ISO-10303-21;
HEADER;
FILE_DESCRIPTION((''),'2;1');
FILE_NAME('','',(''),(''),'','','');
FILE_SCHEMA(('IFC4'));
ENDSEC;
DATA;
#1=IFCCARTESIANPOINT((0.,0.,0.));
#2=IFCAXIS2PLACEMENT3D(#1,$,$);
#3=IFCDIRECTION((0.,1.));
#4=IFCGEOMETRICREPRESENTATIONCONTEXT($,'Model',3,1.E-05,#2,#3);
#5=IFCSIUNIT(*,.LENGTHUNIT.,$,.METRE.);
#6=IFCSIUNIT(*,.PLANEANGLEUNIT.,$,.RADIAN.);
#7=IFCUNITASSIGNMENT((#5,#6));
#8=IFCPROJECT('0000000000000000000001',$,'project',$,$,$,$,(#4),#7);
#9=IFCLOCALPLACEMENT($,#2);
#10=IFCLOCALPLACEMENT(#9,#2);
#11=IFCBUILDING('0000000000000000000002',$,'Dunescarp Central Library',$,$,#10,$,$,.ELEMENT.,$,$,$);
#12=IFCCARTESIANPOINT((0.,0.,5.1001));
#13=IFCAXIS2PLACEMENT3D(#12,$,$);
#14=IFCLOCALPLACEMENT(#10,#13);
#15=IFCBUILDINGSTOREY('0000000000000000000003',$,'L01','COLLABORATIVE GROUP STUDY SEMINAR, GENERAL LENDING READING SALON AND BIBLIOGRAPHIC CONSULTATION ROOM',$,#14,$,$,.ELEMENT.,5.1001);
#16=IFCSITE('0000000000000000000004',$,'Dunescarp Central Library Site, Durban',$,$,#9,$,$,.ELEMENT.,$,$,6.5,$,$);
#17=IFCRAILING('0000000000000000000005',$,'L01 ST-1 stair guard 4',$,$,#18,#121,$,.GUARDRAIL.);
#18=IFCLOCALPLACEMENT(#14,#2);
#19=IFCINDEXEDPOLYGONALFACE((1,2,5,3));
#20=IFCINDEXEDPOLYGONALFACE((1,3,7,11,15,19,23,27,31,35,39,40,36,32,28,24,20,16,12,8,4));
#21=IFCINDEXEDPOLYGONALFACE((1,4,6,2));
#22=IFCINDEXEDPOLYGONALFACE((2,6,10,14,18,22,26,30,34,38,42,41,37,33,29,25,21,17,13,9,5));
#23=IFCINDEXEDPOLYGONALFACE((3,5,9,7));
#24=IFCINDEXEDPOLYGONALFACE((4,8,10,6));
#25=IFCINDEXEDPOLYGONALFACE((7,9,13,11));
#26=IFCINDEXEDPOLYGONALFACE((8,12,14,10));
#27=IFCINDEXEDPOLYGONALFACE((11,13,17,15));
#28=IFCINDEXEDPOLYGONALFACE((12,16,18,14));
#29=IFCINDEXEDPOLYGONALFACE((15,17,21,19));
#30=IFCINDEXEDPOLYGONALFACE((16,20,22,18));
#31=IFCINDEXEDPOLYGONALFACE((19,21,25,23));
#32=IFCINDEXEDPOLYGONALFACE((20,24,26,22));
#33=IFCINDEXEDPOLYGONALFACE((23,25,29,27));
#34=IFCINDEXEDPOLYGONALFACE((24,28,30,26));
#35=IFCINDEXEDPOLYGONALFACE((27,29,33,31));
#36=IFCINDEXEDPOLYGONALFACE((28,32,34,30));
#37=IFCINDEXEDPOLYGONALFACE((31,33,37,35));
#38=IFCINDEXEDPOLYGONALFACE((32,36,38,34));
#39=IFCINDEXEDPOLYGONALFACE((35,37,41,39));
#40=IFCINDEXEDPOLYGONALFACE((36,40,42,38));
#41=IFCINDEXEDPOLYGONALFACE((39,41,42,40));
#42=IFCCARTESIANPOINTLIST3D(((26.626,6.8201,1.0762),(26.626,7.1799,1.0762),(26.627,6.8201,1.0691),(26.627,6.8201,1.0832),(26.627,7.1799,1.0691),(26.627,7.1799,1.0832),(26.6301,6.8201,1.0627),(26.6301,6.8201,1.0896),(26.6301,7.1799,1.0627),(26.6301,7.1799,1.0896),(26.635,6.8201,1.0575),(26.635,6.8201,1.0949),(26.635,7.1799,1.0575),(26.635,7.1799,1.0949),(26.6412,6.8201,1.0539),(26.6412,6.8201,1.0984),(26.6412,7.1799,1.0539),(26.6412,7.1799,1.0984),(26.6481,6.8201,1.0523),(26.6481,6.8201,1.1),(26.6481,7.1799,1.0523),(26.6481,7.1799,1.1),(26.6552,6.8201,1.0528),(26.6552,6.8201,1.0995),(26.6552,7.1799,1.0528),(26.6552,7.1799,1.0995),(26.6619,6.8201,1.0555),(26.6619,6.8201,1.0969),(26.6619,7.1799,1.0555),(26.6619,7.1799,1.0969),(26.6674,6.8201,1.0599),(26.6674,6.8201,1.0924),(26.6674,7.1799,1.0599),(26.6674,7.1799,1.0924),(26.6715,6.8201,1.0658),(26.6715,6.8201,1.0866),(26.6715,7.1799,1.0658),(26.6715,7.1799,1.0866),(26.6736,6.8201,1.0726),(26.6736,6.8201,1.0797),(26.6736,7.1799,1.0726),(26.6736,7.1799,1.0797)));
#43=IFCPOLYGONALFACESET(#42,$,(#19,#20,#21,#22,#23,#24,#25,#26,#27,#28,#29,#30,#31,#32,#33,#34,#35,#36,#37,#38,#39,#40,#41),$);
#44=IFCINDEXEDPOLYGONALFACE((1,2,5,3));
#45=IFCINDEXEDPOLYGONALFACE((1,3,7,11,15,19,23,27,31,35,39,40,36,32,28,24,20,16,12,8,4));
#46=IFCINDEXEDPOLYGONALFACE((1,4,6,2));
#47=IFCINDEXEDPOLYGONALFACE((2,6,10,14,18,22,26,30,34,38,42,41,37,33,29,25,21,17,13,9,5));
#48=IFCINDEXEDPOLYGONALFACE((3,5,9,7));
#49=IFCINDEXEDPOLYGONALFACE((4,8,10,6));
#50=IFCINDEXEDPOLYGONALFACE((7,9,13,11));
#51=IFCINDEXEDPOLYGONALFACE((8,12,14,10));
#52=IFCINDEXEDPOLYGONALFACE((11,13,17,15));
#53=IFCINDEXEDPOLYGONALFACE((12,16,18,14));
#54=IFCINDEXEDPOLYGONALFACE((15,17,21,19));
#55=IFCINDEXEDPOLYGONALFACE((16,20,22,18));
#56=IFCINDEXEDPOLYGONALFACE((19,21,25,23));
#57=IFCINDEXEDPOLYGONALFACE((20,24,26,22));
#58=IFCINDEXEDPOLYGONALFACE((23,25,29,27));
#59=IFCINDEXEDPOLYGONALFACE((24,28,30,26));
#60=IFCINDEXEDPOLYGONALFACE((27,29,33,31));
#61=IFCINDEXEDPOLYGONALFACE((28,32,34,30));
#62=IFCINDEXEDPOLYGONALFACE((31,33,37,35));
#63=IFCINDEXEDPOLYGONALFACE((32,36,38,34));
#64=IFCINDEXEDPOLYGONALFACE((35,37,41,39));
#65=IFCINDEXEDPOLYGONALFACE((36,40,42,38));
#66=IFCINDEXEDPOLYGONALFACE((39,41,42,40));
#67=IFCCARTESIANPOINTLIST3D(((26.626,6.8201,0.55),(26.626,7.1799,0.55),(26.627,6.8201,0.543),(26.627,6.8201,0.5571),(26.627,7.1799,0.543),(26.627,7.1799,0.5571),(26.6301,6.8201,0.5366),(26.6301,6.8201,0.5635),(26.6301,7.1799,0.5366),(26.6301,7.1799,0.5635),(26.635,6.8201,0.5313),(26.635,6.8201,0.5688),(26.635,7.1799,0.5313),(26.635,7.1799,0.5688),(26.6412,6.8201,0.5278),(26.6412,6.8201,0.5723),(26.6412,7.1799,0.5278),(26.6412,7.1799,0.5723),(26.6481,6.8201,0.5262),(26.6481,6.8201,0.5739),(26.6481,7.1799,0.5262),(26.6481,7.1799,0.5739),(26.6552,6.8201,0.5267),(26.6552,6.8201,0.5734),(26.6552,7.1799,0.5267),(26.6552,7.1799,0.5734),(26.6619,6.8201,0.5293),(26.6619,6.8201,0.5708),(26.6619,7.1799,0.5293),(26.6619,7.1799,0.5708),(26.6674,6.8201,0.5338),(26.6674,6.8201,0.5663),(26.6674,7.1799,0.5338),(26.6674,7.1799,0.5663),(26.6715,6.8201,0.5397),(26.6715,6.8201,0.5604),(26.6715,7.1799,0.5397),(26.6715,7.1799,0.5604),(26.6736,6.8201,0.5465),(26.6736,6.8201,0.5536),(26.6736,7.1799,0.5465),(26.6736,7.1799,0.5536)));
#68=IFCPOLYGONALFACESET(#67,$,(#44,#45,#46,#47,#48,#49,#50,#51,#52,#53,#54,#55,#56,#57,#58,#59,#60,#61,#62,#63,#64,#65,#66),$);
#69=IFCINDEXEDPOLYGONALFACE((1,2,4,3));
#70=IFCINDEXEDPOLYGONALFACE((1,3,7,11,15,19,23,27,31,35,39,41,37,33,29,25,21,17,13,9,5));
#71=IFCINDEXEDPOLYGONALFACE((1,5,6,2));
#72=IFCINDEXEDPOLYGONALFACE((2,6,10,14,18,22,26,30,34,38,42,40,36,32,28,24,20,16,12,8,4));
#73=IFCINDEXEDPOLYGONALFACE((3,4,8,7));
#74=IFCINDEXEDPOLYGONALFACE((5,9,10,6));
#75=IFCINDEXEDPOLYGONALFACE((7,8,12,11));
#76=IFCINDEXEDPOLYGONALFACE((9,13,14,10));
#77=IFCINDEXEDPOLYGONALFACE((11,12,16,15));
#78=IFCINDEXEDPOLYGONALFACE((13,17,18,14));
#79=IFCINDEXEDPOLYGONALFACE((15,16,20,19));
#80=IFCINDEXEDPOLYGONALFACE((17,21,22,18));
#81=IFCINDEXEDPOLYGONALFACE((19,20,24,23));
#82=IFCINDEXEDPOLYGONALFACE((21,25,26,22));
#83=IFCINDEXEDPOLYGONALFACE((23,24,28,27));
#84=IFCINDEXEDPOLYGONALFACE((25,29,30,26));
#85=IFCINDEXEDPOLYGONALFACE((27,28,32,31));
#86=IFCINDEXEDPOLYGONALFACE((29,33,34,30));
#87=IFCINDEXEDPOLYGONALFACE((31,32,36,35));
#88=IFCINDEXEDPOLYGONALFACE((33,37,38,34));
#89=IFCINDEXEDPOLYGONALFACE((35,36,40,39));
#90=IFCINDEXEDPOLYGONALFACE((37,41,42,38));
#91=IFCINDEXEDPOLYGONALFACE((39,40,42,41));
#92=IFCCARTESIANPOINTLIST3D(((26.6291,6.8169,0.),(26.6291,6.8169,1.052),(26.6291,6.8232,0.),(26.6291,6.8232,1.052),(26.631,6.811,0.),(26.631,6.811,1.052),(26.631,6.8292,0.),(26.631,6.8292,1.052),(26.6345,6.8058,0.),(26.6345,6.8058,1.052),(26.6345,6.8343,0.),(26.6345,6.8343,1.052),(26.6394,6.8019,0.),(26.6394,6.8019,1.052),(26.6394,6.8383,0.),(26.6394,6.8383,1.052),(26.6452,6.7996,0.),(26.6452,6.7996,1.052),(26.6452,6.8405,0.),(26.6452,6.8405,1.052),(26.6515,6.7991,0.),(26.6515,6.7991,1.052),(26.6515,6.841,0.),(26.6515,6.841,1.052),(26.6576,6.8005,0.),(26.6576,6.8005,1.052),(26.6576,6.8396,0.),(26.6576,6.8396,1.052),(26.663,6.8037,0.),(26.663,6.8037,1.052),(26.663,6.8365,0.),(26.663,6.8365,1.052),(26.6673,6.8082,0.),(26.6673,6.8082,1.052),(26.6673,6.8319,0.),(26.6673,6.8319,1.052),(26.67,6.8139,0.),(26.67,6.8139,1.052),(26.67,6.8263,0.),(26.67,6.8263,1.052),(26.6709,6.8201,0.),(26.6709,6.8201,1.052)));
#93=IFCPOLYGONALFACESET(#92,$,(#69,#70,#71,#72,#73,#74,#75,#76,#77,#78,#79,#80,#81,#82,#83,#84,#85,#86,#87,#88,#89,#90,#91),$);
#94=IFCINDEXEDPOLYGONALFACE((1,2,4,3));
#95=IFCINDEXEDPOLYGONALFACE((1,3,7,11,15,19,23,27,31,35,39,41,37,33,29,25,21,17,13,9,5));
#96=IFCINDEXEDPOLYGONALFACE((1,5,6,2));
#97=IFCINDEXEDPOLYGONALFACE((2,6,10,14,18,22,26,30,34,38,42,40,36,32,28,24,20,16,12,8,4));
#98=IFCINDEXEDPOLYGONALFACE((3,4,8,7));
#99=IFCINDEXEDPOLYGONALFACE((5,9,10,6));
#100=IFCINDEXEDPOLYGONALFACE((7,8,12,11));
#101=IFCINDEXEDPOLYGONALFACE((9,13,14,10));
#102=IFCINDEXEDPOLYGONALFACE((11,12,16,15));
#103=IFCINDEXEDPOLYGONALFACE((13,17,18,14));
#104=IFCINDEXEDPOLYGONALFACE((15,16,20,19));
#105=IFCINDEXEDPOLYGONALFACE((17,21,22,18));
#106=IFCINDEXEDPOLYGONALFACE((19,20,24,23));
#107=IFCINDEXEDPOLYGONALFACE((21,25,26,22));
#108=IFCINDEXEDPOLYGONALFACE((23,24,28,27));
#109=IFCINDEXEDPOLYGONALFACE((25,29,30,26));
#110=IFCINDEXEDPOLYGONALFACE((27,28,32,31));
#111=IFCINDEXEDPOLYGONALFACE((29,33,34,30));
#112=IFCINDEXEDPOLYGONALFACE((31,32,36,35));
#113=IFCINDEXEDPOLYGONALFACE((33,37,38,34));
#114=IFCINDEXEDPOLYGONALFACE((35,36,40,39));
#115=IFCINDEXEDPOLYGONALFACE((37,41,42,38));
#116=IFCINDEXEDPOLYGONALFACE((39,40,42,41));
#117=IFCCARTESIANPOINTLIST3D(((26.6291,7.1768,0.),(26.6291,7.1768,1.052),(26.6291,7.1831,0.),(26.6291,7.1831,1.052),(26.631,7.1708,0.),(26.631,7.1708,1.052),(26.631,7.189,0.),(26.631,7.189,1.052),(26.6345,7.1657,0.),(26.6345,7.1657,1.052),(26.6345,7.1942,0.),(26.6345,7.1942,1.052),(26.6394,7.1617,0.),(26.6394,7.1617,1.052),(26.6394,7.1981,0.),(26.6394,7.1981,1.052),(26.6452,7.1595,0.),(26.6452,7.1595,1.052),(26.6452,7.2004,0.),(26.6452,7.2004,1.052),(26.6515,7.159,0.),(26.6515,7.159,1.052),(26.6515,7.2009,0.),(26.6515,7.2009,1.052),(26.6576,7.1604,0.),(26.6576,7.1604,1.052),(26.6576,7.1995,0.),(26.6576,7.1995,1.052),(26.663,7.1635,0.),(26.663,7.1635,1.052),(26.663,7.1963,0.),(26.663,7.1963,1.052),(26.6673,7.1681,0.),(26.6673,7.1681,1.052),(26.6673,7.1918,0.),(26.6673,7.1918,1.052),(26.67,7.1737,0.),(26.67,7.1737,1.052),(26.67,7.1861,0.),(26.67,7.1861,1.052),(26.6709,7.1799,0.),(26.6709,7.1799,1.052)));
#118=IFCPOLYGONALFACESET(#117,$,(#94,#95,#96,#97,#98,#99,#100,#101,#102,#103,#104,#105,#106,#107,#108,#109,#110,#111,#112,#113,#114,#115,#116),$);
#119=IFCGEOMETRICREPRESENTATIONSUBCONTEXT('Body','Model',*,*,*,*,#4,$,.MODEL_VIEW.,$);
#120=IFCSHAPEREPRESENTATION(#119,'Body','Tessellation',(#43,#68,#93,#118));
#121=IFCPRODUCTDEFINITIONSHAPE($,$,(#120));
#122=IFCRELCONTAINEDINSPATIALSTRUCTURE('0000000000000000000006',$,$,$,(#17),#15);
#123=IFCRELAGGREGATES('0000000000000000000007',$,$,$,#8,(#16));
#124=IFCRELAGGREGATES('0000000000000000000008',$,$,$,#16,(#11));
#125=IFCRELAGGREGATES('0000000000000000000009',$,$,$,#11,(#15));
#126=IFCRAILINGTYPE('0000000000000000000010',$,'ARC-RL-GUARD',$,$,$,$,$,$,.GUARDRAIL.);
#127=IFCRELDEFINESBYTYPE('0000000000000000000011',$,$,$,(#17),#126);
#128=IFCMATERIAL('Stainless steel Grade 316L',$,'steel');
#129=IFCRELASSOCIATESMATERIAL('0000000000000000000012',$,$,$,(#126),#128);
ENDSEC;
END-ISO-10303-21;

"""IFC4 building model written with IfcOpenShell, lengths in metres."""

from ifc_helpers import new_model, si_unit, direction, frame, origin, origin_2d, place, context, subcontext, project, spatial, circle, extrude, material, type_object, element, save


model = new_model("IFC4")

# Units and contexts
model_context = context("Model", 3, precision=1e-05, world=origin(), true_north=direction((0.0, 1.0)))
body_context = subcontext(model_context, "Body", "Model", "MODEL_VIEW")
ifc_project = project(units=[si_unit("LENGTHUNIT", "METRE"), si_unit("PLANEANGLEUNIT", "RADIAN")], contexts=[model_context])

# Site, building, storey
site_placement = place(None, origin())
site = spatial("IfcSite", under=ifc_project, at=site_placement, Name="Dunescarp Central Library Site, Durban", CompositionType="ELEMENT", RefElevation=6.5)
building_placement = place(site_placement, origin())
building = spatial("IfcBuilding", under=site, at=building_placement, Name="Dunescarp Central Library", CompositionType="ELEMENT")
storey_placement = place(building_placement, frame((0.0, 0.0, 5.1001)))
storey = spatial("IfcBuildingStorey", under=building, at=storey_placement, Name="L01", Description="COLLABORATIVE GROUP STUDY SEMINAR, GENERAL LENDING READING SALON AND BIBLIOGRAPHIC CONSULTATION ROOM", CompositionType="ELEMENT", Elevation=5.1001)

# Shared definitions
ifc_material_1 = material(Name="Stainless steel Grade 316L", Category="steel")

# Railing
railing_type_1 = type_object("IfcRailingType", Name="ARC-RL-GUARD", PredefinedType="GUARDRAIL", material=ifc_material_1)
railing_1_placement = place(storey_placement, frame((26.6499, 6.8201, 0.0)))
element("IfcRailing", 1, at=railing_1_placement, inside=storey, type_object=railing_type_1, Name="L01 ST-1 stair guard 4", PredefinedType="GUARDRAIL", context=body_context, shape_type="SweptSolid", body=[
    extrude(circle(Radius=0.0239, at=origin_2d()), frame((0.0, 0.0, 1.0762), z_axis=(0.0, 1.0, 0.0), x_axis=(-1.0, 0.0, 0.0)), (0.0, 0.0, 1.0), 0.3599),
    extrude(circle(Radius=0.0239, at=origin_2d()), frame((0.0, 0.0, 0.55), z_axis=(0.0, 1.0, 0.0), x_axis=(-1.0, 0.0, 0.0)), (0.0, 0.0, 1.0), 0.3599),
    extrude(circle(Radius=0.021, at=origin_2d()), origin(), (0.0, 0.0, 1.0), 1.052),
    extrude(circle(Radius=0.021, at=origin_2d()), frame((0.0, 0.3599, 0.0)), (0.0, 0.0, 1.0), 1.052),
])

save(model, "model.ifc")
